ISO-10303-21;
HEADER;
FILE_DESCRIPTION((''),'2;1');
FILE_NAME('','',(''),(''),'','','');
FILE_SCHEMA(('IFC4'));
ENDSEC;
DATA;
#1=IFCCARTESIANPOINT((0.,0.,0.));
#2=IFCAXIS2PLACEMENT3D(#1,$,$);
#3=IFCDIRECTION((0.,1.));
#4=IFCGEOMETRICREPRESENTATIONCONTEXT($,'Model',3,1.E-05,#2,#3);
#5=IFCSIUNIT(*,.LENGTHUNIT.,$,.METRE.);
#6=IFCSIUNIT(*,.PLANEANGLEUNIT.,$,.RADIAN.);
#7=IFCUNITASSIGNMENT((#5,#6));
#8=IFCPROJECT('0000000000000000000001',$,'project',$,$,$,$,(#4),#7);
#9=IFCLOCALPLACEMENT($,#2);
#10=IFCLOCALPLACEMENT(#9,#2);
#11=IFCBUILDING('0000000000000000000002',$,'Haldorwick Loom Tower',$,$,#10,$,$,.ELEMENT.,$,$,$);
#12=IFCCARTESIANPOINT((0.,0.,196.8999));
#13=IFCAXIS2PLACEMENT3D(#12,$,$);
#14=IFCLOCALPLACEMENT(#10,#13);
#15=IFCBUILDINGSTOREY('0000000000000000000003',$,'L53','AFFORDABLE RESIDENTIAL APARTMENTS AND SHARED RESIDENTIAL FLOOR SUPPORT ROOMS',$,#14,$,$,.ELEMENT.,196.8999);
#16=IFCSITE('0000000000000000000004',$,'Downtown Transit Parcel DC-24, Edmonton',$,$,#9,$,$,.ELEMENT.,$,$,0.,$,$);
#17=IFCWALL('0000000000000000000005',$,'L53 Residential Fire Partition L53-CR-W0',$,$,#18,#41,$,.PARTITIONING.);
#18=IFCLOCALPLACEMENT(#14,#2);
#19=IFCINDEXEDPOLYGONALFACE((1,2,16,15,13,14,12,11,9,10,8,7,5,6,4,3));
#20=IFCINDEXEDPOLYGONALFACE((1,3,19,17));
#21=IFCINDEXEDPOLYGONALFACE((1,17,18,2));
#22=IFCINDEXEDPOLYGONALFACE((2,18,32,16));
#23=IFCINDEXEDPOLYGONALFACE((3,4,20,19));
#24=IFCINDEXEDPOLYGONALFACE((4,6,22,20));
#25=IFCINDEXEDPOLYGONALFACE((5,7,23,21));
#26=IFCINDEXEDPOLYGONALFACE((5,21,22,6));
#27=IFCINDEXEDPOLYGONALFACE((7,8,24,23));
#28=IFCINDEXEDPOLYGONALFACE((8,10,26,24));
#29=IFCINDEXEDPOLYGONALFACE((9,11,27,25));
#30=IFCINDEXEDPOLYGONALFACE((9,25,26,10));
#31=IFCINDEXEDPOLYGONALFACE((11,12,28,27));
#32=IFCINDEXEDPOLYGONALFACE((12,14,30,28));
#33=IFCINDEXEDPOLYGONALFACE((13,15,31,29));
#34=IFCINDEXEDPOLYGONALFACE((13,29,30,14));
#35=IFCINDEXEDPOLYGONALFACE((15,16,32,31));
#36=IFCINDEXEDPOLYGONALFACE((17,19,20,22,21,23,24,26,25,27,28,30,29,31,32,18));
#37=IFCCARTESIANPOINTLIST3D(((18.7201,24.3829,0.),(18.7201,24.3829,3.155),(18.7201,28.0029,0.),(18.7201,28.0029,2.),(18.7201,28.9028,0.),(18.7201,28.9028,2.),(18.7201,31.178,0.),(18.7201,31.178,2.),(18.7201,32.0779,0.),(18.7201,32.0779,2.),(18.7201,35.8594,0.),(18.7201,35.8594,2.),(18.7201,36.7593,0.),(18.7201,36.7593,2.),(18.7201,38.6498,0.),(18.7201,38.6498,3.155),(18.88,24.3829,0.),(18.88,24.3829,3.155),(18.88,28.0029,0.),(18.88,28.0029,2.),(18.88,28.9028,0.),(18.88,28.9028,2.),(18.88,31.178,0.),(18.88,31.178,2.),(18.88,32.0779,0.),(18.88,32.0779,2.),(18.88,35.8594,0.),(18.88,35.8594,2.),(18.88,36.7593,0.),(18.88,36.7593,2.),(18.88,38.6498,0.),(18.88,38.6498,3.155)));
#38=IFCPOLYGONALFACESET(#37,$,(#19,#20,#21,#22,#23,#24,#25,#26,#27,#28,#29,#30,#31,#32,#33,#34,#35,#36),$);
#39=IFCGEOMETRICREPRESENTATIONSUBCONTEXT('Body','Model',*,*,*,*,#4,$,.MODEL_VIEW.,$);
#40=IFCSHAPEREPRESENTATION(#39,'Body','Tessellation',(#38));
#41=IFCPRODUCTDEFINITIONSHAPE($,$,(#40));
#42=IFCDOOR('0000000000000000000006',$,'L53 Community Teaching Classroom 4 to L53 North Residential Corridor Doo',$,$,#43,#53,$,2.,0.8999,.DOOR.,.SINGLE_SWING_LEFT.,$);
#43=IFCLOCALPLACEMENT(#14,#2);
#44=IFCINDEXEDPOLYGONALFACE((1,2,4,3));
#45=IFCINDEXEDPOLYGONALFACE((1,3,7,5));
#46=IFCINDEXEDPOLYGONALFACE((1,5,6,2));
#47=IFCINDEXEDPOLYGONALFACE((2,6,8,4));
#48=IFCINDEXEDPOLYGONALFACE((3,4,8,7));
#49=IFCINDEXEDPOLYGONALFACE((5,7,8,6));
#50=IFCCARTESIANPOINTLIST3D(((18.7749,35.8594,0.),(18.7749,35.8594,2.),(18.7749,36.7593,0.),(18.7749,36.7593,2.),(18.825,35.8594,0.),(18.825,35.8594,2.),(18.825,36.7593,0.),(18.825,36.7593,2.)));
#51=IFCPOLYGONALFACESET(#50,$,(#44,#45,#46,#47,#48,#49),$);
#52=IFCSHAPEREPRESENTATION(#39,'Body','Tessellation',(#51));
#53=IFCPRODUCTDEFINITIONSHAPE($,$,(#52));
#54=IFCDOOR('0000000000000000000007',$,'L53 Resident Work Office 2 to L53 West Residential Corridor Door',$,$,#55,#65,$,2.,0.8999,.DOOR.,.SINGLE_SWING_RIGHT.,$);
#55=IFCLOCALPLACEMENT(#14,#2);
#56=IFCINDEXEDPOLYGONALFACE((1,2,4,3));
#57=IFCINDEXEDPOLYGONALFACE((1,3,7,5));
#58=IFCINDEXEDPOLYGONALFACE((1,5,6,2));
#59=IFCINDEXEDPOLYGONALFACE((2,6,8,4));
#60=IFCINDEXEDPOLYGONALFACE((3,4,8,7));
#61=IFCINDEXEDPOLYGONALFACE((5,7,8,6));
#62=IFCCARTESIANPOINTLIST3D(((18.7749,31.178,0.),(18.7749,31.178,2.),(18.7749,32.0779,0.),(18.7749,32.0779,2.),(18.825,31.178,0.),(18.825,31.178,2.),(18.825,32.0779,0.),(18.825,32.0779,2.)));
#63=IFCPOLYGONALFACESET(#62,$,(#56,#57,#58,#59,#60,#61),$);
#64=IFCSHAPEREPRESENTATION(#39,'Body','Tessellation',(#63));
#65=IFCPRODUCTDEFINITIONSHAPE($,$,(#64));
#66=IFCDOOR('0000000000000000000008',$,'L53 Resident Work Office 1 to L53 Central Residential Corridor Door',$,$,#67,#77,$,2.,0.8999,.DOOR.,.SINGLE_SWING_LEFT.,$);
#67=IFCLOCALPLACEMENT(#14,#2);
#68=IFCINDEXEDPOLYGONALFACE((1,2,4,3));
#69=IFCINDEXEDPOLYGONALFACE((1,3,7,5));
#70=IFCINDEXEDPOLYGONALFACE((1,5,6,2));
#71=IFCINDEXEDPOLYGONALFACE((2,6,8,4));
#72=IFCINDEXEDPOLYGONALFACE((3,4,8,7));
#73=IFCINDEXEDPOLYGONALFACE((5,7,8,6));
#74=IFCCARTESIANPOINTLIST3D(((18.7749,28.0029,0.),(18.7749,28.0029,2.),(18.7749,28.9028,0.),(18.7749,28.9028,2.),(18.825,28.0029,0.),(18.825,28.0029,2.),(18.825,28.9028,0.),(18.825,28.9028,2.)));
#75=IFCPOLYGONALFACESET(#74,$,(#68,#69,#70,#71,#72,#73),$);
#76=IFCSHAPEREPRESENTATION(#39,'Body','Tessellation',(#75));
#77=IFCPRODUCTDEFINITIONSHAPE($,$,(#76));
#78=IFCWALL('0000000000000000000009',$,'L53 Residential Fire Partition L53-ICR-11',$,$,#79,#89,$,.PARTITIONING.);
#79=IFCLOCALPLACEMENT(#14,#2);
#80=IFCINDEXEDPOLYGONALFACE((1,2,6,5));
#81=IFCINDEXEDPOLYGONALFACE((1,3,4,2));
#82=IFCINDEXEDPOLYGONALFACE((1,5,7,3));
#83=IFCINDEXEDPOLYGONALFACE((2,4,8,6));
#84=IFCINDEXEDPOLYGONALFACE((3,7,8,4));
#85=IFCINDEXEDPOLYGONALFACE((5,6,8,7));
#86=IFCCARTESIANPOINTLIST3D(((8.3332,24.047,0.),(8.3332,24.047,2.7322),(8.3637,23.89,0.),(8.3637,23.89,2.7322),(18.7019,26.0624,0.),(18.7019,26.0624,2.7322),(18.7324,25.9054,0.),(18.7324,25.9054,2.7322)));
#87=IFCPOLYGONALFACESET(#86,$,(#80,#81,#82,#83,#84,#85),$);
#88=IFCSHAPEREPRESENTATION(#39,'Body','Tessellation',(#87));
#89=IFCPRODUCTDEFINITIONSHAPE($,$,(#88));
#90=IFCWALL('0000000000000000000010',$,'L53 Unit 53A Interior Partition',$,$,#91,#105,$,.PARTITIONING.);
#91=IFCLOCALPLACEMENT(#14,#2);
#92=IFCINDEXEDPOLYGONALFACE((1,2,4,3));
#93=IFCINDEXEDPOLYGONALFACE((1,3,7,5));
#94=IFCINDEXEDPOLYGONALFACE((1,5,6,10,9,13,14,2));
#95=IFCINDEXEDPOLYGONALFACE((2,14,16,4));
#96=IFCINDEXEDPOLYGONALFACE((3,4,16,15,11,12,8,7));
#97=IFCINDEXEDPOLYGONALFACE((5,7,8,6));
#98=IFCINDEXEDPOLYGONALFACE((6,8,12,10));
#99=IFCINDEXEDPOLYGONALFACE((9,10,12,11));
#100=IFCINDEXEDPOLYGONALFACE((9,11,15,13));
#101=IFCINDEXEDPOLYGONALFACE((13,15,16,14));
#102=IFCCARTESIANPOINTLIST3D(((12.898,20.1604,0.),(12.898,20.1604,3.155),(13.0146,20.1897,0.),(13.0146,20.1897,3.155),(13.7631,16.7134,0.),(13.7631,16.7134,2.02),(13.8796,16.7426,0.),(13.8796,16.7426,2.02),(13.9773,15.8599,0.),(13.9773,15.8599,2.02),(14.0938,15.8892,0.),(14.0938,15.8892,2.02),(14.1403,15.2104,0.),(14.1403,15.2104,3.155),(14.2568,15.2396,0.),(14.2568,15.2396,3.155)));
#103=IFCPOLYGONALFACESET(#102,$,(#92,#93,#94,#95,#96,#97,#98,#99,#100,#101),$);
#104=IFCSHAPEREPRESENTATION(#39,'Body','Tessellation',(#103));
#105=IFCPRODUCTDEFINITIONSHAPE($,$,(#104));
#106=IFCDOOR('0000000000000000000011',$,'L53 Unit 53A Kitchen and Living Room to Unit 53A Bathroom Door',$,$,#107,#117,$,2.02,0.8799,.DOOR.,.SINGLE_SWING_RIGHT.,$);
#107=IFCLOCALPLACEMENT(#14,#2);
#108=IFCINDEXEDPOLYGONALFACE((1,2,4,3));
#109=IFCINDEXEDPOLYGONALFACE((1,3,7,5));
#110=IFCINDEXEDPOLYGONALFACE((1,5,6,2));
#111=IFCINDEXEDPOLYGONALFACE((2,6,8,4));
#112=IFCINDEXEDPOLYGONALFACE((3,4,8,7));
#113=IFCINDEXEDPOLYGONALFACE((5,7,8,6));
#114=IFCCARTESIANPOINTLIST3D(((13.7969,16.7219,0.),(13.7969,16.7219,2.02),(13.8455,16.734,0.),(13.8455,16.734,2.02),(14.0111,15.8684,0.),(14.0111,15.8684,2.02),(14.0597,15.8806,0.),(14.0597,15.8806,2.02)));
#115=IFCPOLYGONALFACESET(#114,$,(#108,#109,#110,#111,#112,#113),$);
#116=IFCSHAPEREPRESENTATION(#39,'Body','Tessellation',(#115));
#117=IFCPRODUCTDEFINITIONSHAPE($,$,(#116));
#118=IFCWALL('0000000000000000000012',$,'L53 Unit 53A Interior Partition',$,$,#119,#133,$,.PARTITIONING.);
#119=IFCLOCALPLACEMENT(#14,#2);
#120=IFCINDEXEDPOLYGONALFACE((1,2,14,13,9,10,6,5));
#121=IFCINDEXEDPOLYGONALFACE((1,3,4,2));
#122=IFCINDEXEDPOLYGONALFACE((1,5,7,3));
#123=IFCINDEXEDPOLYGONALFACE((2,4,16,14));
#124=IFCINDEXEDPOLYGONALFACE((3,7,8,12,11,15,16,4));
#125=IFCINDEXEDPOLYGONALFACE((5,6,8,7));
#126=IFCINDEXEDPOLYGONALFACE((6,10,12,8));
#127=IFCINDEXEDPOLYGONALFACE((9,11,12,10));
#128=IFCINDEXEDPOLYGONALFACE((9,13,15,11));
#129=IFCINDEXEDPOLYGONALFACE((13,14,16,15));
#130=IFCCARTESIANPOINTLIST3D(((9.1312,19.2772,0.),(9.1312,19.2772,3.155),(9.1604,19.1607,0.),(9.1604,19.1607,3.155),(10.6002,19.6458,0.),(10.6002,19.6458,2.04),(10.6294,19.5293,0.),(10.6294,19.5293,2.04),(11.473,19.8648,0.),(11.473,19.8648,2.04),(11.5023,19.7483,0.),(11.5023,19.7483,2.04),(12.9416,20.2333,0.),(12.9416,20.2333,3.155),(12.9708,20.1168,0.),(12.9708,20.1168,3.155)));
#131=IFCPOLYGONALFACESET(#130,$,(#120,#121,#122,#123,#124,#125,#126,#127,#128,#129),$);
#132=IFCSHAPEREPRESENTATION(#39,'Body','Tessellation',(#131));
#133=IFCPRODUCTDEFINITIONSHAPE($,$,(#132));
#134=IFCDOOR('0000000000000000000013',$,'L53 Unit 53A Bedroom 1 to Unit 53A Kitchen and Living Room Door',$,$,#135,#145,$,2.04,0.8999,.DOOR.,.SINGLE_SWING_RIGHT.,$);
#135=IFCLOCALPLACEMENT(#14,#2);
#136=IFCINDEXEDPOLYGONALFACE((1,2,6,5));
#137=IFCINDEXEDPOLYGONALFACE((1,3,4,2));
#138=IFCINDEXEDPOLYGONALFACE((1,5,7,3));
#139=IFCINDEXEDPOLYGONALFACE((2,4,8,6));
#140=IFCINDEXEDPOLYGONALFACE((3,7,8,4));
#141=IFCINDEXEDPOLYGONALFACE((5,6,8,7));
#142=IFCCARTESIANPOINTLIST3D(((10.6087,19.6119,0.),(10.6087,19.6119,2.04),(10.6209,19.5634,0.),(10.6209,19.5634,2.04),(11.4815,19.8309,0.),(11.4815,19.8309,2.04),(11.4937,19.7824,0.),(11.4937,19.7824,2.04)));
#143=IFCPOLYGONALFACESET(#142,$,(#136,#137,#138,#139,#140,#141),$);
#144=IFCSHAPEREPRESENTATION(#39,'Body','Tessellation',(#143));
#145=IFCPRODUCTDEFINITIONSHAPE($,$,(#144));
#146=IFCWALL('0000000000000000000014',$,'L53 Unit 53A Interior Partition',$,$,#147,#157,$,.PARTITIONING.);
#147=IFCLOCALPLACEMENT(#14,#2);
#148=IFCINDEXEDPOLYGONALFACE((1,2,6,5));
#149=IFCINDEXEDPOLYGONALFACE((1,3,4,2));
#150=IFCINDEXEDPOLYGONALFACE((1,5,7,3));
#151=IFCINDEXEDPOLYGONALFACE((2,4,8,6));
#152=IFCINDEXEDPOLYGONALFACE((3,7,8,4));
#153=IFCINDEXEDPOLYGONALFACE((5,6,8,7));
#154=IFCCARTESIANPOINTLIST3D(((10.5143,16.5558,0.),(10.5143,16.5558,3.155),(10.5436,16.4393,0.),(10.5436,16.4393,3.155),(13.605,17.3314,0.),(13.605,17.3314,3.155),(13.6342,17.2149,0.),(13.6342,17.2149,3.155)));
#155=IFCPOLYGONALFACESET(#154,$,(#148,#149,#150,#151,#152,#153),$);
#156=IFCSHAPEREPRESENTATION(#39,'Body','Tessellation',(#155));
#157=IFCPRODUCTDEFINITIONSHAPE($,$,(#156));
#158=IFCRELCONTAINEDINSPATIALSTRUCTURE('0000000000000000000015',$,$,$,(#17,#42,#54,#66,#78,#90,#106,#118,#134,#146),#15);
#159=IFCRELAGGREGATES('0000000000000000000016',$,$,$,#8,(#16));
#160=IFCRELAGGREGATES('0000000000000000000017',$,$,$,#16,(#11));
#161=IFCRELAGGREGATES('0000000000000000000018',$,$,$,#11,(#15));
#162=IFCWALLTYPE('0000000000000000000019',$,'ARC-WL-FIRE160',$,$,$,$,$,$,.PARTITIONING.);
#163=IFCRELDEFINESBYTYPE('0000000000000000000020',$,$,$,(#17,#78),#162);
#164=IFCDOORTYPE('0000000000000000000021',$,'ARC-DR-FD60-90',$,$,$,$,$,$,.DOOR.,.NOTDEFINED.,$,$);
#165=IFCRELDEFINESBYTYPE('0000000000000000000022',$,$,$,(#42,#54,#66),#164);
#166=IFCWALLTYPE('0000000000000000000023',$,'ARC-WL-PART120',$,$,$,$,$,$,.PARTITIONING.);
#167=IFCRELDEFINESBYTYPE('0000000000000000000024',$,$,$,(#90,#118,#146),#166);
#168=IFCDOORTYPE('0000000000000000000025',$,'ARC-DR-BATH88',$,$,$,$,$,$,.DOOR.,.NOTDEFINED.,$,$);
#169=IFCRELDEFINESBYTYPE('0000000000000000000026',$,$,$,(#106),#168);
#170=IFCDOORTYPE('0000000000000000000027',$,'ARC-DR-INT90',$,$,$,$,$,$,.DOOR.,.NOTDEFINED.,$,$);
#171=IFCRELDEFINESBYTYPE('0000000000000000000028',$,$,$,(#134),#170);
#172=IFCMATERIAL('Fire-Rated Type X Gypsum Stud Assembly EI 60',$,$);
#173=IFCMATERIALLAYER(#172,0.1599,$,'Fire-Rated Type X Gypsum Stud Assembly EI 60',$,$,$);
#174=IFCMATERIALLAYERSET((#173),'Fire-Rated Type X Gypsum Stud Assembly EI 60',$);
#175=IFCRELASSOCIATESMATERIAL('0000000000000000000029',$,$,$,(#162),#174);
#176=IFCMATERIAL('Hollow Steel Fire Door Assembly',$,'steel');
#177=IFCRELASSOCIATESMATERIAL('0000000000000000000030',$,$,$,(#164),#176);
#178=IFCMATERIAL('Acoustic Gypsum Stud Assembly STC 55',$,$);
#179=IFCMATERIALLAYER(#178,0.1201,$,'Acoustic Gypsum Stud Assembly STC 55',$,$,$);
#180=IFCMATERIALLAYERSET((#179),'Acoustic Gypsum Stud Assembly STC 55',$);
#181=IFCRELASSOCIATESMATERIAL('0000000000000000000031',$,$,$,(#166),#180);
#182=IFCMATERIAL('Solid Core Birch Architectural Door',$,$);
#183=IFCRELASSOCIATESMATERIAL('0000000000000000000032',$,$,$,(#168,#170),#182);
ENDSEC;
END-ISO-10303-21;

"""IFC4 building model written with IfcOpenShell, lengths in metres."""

from ifc_helpers import new_model, si_unit, direction, frame, frame_2d, origin, place, context, subcontext, project, spatial, rectangle, extrude, material, layer, layer_set, type_object, element, fill, save


model = new_model("IFC4")

# Units and contexts
model_context = context("Model", 3, precision=1e-05, world=origin(), true_north=direction((0.0, 1.0)))
body_context = subcontext(model_context, "Body", "Model", "MODEL_VIEW")
ifc_project = project(units=[si_unit("LENGTHUNIT", "METRE"), si_unit("PLANEANGLEUNIT", "RADIAN")], contexts=[model_context])

# Site, building, storey
site_placement = place(None, origin())
site = spatial("IfcSite", under=ifc_project, at=site_placement, Name="Downtown Transit Parcel DC-24, Edmonton", CompositionType="ELEMENT", RefElevation=0.0)
building_placement = place(site_placement, origin())
building = spatial("IfcBuilding", under=site, at=building_placement, Name="Haldorwick Loom Tower", CompositionType="ELEMENT")
storey_placement = place(building_placement, frame((0.0, 0.0, 196.8999)))
storey = spatial("IfcBuildingStorey", under=building, at=storey_placement, Name="L53", Description="AFFORDABLE RESIDENTIAL APARTMENTS AND SHARED RESIDENTIAL FLOOR SUPPORT ROOMS", CompositionType="ELEMENT", Elevation=196.8999)

# Wall, openings, doors
ifc_material_1 = material(Name="Fire-Rated Type X Gypsum Stud Assembly EI 60")
ifc_layer_1 = layer(ifc_material_1, 0.1599, Name="Fire-Rated Type X Gypsum Stud Assembly EI 60")
ifc_layer_set_1 = layer_set([ifc_layer_1], Name="Fire-Rated Type X Gypsum Stud Assembly EI 60")
wall_type_1 = type_object("IfcWallType", Name="ARC-WL-FIRE160", PredefinedType="PARTITIONING", material=ifc_layer_set_1)
ifc_material_2 = material(Name="Hollow Steel Fire Door Assembly", Category="steel")
door_type_1 = type_object("IfcDoorType", Name="ARC-DR-FD60-90", OperationType="NOTDEFINED", PredefinedType="DOOR", material=ifc_material_2)
ifc_material_3 = material(Name="Solid Core Birch Architectural Door")
wall_1_placement = place(storey_placement, frame((18.8, 24.3831, 0.0), z_axis=(0.0, 0.0, 1.0), x_axis=(0.0, 1.0, 0.0)))
wall_1 = element("IfcWall", 1, at=wall_1_placement, inside=storey, type_object=wall_type_1, Name="L53 Residential Fire Partition L53-CR-W0", PredefinedType="PARTITIONING", context=body_context, shape_type="SweptSolid", body=[
    extrude(rectangle(XDim=14.2668, YDim=0.1599, at=frame_2d((7.1333, 0.0))), origin(), (0.0, 0.0, 1.0), 3.155),
])
opening_1_placement = place(wall_1_placement, frame((11.4763, 0.0, 0.0)))
opening_1 = element("IfcOpeningElement", 2, at=opening_1_placement, cuts=wall_1, PredefinedType="OPENING", context=body_context, shape_type="SweptSolid", body=[
    extrude(rectangle(XDim=0.8999, YDim=2.0, at=frame_2d((0.45, 1.0))), frame((0.0, 0.0898, 0.0), z_axis=(0.0, -1.0, 0.0), x_axis=(1.0, 0.0, 0.0)), (0.0, 0.0, 1.0), 0.1799),
])
opening_2_placement = place(wall_1_placement, frame((6.7949, 0.0, 0.0)))
opening_2 = element("IfcOpeningElement", 3, at=opening_2_placement, cuts=wall_1, PredefinedType="OPENING", context=body_context, shape_type="SweptSolid", body=[
    extrude(rectangle(XDim=0.8999, YDim=2.0, at=frame_2d((0.45, 1.0))), frame((0.0, 0.0898, 0.0), z_axis=(0.0, -1.0, 0.0), x_axis=(1.0, 0.0, 0.0)), (0.0, 0.0, 1.0), 0.1799),
])
opening_3_placement = place(wall_1_placement, frame((3.6199, 0.0, 0.0)))
opening_3 = element("IfcOpeningElement", 4, at=opening_3_placement, cuts=wall_1, PredefinedType="OPENING", context=body_context, shape_type="SweptSolid", body=[
    extrude(rectangle(XDim=0.8999, YDim=2.0, at=frame_2d((0.45, 1.0))), frame((0.0, 0.0898, 0.0), z_axis=(0.0, -1.0, 0.0), x_axis=(1.0, 0.0, 0.0)), (0.0, 0.0, 1.0), 0.1799),
])
door_1_placement = place(opening_1_placement, frame((0.8999, 0.0, 0.0), z_axis=(0.0, 0.0, 1.0), x_axis=(-1.0, 0.0, 0.0)))
door_1 = element("IfcDoor", 5, at=door_1_placement, inside=storey, type_object=door_type_1, Name="L53 Community Teaching Classroom 4 to L53 North Residential Corridor Doo", OperationType="SINGLE_SWING_LEFT", OverallHeight=2.0, OverallWidth=0.8999, PredefinedType="DOOR", context=body_context, shape_type="SweptSolid", body=[
    extrude(rectangle(XDim=0.8999, YDim=2.0, at=frame_2d((0.45, 1.0))), frame((0.0, 0.0249, 0.0), z_axis=(0.0, -1.0, 0.0), x_axis=(1.0, 0.0, 0.0)), (0.0, 0.0, 1.0), 0.05),
])
fill(opening_1, door_1)
door_2_placement = place(opening_2_placement, frame((0.8999, 0.0, 0.0), z_axis=(0.0, 0.0, 1.0), x_axis=(-1.0, 0.0, 0.0)))
door_2 = element("IfcDoor", 6, at=door_2_placement, inside=storey, type_object=door_type_1, Name="L53 Resident Work Office 2 to L53 West Residential Corridor Door", OperationType="SINGLE_SWING_RIGHT", OverallHeight=2.0, OverallWidth=0.8999, PredefinedType="DOOR", context=body_context, shape_type="SweptSolid", body=[
    extrude(rectangle(XDim=0.8999, YDim=2.0, at=frame_2d((0.45, 1.0))), frame((0.0, 0.0249, 0.0), z_axis=(0.0, -1.0, 0.0), x_axis=(1.0, 0.0, 0.0)), (0.0, 0.0, 1.0), 0.05),
])
fill(opening_2, door_2)
door_3_placement = place(opening_3_placement, frame((0.8999, 0.0, 0.0), z_axis=(0.0, 0.0, 1.0), x_axis=(-1.0, 0.0, 0.0)))
door_3 = element("IfcDoor", 7, at=door_3_placement, inside=storey, type_object=door_type_1, Name="L53 Resident Work Office 1 to L53 Central Residential Corridor Door", OperationType="SINGLE_SWING_LEFT", OverallHeight=2.0, OverallWidth=0.8999, PredefinedType="DOOR", context=body_context, shape_type="SweptSolid", body=[
    extrude(rectangle(XDim=0.8999, YDim=2.0, at=frame_2d((0.45, 1.0))), frame((0.0, 0.0249, 0.0), z_axis=(0.0, -1.0, 0.0), x_axis=(1.0, 0.0, 0.0)), (0.0, 0.0, 1.0), 0.05),
])
fill(opening_3, door_3)

# Wall
wall_2_placement = place(storey_placement, frame((18.717, 25.9839, 0.0), z_axis=(0.0, 0.0, 1.0), x_axis=(-0.981629, -0.190802, 0.0)))
element("IfcWall", 8, at=wall_2_placement, inside=storey, type_object=wall_type_1, Name="L53 Residential Fire Partition L53-ICR-11", PredefinedType="PARTITIONING", context=body_context, shape_type="SweptSolid", body=[
    extrude(rectangle(XDim=10.5627, YDim=0.1599, at=frame_2d((5.2812, 0.0))), origin(), (0.0, 0.0, 1.0), 2.7322),
])

# Walls, openings, doors
ifc_material_4 = material(Name="Acoustic Gypsum Stud Assembly STC 55")
ifc_layer_2 = layer(ifc_material_4, 0.1201, Name="Acoustic Gypsum Stud Assembly STC 55")
ifc_layer_set_2 = layer_set([ifc_layer_2], Name="Acoustic Gypsum Stud Assembly STC 55")
wall_type_2 = type_object("IfcWallType", Name="ARC-WL-PART120", PredefinedType="PARTITIONING", material=ifc_layer_set_2)
wall_3_placement = place(storey_placement, frame((12.9563, 20.175, 0.0), z_axis=(0.0, 0.0, 1.0), x_axis=(0.243402, -0.969925, 0.0)))
wall_3 = element("IfcWall", 9, at=wall_3_placement, inside=storey, type_object=wall_type_2, Name="L53 Unit 53A Interior Partition", PredefinedType="PARTITIONING", context=body_context, shape_type="SweptSolid", body=[
    extrude(rectangle(XDim=5.1035, YDim=0.1201, at=frame_2d((2.5518, 0.0))), origin(), (0.0, 0.0, 1.0), 3.155),
])
opening_4_placement = place(wall_3_placement, frame((3.554, 0.0, 0.0)))
opening_4 = element("IfcOpeningElement", 10, at=opening_4_placement, cuts=wall_3, PredefinedType="OPENING", context=body_context, shape_type="SweptSolid", body=[
    extrude(rectangle(XDim=0.8799, YDim=2.02, at=frame_2d((0.4399, 1.01))), frame((0.0, 0.0701, 0.0), z_axis=(0.0, -1.0, 0.0), x_axis=(1.0, 0.0, 0.0)), (0.0, 0.0, 1.0), 0.1401),
])
door_type_2 = type_object("IfcDoorType", Name="ARC-DR-BATH88", OperationType="NOTDEFINED", PredefinedType="DOOR", material=ifc_material_3)
door_4_placement = place(opening_4_placement, origin())
door_4 = element("IfcDoor", 11, at=door_4_placement, inside=storey, type_object=door_type_2, Name="L53 Unit 53A Kitchen and Living Room to Unit 53A Bathroom Door", OperationType="SINGLE_SWING_RIGHT", OverallHeight=2.02, OverallWidth=0.8799, PredefinedType="DOOR", context=body_context, shape_type="SweptSolid", body=[
    extrude(rectangle(XDim=0.8799, YDim=2.02, at=frame_2d((0.4399, 1.01))), frame((0.0, 0.0249, 0.0), z_axis=(0.0, -1.0, 0.0), x_axis=(1.0, 0.0, 0.0)), (0.0, 0.0, 1.0), 0.05),
])
fill(opening_4, door_4)
wall_4_placement = place(storey_placement, frame((12.9563, 20.175, 0.0), z_axis=(0.0, 0.0, 1.0), x_axis=(-0.969934, -0.243369, 0.0)))
wall_4 = element("IfcWall", 12, at=wall_4_placement, inside=storey, type_object=wall_type_2, Name="L53 Unit 53A Interior Partition", PredefinedType="PARTITIONING", context=body_context, shape_type="SweptSolid", body=[
    extrude(rectangle(XDim=3.9285, YDim=0.1201, at=frame_2d((1.9644, 0.0))), origin(), (0.0, 0.0, 1.0), 3.155),
])
opening_5_placement = place(wall_4_placement, frame((1.5142, 0.0, 0.0)))
opening_5 = element("IfcOpeningElement", 13, at=opening_5_placement, cuts=wall_4, PredefinedType="OPENING", context=body_context, shape_type="SweptSolid", body=[
    extrude(rectangle(XDim=0.8999, YDim=2.04, at=frame_2d((0.45, 1.02))), frame((0.0, 0.0701, 0.0), z_axis=(0.0, -1.0, 0.0), x_axis=(1.0, 0.0, 0.0)), (0.0, 0.0, 1.0), 0.1401),
])
door_type_3 = type_object("IfcDoorType", Name="ARC-DR-INT90", OperationType="NOTDEFINED", PredefinedType="DOOR", material=ifc_material_3)
door_5_placement = place(opening_5_placement, origin())
door_5 = element("IfcDoor", 14, at=door_5_placement, inside=storey, type_object=door_type_3, Name="L53 Unit 53A Bedroom 1 to Unit 53A Kitchen and Living Room Door", OperationType="SINGLE_SWING_RIGHT", OverallHeight=2.04, OverallWidth=0.8999, PredefinedType="DOOR", context=body_context, shape_type="SweptSolid", body=[
    extrude(rectangle(XDim=0.8999, YDim=2.04, at=frame_2d((0.45, 1.02))), frame((0.0, 0.0249, 0.0), z_axis=(0.0, -1.0, 0.0), x_axis=(1.0, 0.0, 0.0)), (0.0, 0.0, 1.0), 0.05),
])
fill(opening_5, door_5)

# Wall
wall_5_placement = place(storey_placement, frame((13.6196, 17.2732, 0.0), z_axis=(0.0, 0.0, 1.0), x_axis=(-0.969921, -0.243419, 0.0)))
element("IfcWall", 15, at=wall_5_placement, inside=storey, type_object=wall_type_2, Name="L53 Unit 53A Interior Partition", PredefinedType="PARTITIONING", context=body_context, shape_type="SweptSolid", body=[
    extrude(rectangle(XDim=3.1865, YDim=0.1201, at=frame_2d((1.5933, 0.0))), origin(), (0.0, 0.0, 1.0), 3.155),
])

save(model, "model.ifc")
